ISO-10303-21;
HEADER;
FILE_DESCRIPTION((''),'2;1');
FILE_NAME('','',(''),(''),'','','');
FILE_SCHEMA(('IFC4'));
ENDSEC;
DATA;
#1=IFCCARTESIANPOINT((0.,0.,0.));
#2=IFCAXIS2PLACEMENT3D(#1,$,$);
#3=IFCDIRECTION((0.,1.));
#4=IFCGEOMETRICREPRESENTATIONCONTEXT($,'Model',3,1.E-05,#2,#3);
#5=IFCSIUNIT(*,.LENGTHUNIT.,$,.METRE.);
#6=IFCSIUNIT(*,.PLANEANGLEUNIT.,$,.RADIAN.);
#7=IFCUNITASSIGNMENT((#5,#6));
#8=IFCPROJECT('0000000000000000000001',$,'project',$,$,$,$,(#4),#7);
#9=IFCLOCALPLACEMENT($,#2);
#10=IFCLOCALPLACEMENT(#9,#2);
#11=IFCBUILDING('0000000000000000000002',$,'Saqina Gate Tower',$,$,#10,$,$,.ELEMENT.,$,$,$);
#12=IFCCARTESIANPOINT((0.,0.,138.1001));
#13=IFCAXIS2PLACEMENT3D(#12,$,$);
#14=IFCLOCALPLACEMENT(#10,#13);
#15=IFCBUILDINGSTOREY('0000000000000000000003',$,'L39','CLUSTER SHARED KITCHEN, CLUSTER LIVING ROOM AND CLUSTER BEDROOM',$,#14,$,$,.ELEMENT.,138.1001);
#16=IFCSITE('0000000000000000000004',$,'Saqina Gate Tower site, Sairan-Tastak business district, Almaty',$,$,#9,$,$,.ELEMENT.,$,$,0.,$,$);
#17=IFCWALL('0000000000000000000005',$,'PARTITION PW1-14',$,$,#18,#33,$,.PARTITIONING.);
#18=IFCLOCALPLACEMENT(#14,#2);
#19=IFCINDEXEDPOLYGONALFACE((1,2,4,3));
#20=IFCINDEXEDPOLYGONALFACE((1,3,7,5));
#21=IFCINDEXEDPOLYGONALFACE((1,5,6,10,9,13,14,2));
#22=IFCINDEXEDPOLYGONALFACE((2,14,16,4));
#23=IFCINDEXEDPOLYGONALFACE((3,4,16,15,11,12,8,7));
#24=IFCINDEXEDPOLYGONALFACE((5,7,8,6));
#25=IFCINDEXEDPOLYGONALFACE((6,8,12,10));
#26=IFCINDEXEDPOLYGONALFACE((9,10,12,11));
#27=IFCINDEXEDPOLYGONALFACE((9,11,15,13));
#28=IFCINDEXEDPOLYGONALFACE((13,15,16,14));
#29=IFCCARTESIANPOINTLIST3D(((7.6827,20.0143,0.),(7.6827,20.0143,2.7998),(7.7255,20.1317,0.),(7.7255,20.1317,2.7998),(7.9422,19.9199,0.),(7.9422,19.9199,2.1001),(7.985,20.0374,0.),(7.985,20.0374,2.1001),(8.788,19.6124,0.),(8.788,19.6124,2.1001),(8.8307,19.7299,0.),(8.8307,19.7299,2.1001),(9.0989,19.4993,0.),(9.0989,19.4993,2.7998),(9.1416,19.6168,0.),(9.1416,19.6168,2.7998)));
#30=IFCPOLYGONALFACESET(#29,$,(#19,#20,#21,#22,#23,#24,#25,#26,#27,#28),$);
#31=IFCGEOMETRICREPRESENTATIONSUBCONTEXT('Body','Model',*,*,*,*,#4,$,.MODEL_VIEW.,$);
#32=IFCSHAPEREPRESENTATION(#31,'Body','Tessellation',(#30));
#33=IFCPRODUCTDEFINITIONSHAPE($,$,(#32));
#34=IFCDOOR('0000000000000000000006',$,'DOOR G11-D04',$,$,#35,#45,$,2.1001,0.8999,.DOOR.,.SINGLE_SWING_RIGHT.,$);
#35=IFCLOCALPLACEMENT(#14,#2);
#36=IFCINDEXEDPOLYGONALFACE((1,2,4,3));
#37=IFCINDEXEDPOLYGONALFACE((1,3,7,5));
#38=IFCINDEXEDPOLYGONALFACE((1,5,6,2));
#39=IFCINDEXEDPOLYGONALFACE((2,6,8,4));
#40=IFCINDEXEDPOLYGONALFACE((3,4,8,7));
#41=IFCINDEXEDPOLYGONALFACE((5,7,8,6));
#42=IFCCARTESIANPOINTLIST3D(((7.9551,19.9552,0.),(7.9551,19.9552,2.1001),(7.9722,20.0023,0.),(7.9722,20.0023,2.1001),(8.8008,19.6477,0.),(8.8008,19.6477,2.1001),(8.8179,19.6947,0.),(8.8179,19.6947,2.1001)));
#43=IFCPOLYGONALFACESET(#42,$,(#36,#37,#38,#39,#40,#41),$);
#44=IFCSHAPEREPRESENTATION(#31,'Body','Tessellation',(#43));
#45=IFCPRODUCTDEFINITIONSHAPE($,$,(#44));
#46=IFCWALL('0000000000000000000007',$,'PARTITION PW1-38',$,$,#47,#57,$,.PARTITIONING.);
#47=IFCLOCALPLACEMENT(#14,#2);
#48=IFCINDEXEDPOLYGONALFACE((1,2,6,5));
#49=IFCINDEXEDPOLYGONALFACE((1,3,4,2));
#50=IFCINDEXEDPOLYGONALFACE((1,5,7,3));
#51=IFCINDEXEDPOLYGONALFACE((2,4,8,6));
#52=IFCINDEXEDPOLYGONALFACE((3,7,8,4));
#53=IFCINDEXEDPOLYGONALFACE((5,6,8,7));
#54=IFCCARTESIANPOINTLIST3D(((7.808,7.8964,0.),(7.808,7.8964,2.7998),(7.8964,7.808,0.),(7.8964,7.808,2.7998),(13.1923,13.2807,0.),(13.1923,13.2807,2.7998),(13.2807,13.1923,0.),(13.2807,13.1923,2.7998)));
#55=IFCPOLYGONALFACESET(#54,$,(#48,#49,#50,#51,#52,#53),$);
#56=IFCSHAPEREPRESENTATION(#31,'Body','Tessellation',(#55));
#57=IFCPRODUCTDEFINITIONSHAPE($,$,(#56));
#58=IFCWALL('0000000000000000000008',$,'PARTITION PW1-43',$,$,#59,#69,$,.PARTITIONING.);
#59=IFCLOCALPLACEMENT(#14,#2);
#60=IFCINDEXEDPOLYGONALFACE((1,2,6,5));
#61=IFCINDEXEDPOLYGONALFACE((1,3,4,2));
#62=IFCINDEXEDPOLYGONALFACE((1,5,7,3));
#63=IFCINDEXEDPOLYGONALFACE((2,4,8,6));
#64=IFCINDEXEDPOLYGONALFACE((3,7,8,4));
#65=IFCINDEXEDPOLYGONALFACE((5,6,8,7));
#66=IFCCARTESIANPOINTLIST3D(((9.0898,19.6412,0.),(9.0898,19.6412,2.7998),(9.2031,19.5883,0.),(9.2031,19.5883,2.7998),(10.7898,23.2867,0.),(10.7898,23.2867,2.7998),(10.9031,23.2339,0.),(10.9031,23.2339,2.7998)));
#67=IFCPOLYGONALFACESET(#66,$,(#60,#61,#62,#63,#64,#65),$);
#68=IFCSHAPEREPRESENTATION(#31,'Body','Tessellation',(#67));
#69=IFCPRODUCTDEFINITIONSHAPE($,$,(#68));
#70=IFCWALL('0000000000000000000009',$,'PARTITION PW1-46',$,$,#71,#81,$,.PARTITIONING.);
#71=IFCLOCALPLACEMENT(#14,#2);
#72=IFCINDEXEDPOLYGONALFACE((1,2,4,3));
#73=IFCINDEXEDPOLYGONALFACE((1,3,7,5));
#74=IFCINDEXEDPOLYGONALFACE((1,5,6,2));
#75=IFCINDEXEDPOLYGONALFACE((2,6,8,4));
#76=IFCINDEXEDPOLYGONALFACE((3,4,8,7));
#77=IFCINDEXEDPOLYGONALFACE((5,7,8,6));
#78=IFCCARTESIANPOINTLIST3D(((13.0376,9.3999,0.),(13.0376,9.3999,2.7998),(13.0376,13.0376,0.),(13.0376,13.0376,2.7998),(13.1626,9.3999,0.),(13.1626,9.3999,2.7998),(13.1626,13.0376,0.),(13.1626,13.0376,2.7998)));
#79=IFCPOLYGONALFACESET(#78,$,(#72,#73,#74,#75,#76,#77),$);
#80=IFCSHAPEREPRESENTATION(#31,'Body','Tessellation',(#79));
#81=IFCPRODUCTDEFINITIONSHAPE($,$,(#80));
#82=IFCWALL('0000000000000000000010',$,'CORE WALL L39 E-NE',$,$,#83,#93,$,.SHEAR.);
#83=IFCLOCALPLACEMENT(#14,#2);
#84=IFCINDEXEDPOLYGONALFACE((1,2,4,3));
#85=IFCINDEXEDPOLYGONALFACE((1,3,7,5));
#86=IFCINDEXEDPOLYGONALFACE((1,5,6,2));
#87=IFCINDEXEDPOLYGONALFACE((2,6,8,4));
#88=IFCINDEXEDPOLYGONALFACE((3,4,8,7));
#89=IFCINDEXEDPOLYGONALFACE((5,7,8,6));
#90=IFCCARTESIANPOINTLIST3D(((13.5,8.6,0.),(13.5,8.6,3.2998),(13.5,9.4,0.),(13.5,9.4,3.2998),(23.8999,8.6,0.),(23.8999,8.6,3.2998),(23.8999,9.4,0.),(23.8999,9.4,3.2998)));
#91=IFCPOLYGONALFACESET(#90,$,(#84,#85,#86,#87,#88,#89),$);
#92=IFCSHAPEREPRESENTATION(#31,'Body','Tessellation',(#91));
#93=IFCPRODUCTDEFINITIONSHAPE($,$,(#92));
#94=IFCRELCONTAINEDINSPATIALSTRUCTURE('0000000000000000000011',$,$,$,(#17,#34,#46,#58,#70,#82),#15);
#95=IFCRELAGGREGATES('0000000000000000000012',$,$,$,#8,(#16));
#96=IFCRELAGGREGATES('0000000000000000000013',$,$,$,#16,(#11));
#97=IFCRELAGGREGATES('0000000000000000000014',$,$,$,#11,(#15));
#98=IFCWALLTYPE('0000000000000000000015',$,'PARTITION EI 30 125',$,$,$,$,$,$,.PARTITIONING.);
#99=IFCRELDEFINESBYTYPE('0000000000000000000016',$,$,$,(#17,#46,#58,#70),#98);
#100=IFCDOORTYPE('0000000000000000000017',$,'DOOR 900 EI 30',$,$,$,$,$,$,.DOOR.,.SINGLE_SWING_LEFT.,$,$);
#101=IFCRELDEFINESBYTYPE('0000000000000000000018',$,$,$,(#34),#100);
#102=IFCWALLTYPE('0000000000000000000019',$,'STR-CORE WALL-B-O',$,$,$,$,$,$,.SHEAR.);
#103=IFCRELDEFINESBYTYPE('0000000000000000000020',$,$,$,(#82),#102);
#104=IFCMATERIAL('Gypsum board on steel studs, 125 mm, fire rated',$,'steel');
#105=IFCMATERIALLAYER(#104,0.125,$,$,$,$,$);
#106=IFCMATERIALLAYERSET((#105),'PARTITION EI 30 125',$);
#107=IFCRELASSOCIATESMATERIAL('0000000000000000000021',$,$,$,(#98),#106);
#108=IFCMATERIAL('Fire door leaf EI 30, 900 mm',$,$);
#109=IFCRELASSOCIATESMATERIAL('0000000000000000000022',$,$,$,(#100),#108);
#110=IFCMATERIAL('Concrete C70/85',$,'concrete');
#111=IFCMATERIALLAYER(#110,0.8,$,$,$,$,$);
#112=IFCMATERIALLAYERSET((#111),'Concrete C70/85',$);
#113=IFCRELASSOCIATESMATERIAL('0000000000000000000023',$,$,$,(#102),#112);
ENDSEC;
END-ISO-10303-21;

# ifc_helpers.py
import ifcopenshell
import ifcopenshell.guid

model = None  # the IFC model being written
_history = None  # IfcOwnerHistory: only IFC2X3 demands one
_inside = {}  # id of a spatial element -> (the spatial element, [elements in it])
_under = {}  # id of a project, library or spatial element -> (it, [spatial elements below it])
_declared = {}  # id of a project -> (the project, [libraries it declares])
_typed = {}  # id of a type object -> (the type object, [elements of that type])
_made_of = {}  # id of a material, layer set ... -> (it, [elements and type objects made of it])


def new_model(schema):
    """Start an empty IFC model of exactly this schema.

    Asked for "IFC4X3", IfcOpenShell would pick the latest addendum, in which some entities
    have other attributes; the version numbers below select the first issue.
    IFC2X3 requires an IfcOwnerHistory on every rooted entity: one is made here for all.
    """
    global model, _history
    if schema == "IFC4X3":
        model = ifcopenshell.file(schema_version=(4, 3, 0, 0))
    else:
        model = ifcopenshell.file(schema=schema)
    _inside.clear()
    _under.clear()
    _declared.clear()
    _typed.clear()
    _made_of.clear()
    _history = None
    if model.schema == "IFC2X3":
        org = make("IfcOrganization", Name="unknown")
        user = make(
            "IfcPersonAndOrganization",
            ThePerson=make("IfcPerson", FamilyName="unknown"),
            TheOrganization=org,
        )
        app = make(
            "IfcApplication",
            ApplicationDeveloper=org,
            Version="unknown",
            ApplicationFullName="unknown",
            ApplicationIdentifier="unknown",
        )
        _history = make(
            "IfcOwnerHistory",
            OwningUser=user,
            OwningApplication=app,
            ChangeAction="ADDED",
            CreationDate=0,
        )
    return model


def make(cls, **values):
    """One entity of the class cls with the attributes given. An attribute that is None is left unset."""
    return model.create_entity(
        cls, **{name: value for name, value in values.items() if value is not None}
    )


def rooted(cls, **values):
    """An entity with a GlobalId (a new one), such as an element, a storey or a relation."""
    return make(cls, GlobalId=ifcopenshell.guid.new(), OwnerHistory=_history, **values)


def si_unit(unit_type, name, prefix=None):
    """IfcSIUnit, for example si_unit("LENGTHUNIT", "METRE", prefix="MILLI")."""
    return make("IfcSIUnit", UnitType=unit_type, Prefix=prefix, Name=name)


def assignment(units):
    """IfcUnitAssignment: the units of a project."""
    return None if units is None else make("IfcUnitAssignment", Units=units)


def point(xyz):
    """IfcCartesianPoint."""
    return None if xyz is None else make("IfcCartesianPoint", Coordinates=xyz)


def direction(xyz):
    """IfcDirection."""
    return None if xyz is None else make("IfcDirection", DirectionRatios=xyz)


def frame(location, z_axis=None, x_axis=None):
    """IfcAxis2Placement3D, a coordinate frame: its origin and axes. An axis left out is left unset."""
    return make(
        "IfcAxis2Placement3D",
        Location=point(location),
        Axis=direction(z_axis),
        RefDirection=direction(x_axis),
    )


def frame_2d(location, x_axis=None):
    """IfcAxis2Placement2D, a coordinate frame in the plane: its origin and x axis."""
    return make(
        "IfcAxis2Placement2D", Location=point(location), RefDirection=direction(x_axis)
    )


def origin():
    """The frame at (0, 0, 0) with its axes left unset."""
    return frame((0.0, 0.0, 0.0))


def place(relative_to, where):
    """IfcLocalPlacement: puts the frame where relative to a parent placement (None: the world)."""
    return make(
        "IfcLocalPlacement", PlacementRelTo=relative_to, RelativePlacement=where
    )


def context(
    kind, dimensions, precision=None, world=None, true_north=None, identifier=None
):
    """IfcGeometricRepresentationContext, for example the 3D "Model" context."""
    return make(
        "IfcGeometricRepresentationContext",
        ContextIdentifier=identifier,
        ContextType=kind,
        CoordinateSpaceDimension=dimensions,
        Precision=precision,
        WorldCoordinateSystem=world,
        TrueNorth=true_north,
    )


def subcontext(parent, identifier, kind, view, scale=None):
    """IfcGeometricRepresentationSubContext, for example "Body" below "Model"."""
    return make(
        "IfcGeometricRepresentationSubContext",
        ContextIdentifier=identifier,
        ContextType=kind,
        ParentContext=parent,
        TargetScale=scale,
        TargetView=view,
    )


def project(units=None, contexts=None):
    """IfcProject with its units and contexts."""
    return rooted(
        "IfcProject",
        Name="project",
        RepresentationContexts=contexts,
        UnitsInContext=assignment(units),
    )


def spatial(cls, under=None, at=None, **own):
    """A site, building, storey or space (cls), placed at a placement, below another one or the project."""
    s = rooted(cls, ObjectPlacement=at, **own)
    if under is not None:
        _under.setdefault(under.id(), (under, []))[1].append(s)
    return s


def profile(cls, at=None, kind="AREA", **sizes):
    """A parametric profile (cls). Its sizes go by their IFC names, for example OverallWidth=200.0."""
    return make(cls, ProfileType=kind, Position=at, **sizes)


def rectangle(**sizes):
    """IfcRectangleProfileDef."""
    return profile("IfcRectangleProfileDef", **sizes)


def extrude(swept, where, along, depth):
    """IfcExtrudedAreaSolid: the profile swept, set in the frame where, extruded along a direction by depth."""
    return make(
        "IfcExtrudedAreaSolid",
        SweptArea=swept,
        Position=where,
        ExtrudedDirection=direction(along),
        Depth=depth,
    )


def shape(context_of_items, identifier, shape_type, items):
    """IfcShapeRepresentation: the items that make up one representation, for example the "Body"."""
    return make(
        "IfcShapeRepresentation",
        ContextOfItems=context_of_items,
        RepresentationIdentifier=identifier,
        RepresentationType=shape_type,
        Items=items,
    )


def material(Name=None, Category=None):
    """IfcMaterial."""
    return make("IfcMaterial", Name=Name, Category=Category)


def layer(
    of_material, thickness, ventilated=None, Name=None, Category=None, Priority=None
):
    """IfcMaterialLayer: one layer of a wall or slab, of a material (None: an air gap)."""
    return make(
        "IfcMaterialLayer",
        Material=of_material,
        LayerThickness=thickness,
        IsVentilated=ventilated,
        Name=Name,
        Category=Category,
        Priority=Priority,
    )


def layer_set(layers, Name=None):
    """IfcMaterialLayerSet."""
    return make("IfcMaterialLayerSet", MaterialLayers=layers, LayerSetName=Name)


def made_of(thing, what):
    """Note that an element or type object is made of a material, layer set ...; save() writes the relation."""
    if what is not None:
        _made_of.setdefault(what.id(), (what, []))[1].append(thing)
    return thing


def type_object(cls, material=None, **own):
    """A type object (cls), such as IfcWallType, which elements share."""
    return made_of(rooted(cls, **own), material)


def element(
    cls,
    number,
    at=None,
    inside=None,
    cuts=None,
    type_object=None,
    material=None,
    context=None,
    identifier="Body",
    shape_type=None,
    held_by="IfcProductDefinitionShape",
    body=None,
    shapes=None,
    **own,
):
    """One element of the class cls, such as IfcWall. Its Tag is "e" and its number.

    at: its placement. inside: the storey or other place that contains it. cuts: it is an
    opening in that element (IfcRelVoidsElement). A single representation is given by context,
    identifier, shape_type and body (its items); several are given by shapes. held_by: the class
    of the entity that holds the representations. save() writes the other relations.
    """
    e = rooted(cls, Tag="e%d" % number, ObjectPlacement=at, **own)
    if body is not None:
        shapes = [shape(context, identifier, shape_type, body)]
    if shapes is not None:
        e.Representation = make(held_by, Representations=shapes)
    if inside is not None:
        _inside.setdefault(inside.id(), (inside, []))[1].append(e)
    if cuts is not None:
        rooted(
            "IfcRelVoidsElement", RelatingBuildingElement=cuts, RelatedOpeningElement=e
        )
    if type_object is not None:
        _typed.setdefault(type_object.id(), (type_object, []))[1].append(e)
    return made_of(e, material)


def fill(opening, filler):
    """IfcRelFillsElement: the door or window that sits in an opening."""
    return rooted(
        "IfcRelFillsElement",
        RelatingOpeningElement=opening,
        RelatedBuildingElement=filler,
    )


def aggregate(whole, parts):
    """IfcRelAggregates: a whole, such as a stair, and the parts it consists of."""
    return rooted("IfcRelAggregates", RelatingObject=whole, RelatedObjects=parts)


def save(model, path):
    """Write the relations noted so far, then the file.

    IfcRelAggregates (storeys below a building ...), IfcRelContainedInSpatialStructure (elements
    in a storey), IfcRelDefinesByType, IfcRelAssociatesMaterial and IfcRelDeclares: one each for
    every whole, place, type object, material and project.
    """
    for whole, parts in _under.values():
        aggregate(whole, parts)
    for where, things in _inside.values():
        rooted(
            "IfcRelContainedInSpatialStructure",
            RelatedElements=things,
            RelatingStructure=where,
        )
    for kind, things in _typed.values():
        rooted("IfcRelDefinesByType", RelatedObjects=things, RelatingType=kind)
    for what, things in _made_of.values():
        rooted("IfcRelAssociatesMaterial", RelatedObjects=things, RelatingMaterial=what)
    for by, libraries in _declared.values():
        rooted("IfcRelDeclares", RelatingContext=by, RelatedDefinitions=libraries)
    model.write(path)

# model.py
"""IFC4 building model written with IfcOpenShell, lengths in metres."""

from ifc_helpers import new_model, si_unit, direction, frame, frame_2d, origin, place, context, subcontext, project, spatial, rectangle, extrude, material, layer, layer_set, type_object, element, fill, save


model = new_model("IFC4")

# Units and contexts
model_context = context("Model", 3, precision=1e-05, world=origin(), true_north=direction((0.0, 1.0)))
body_context = subcontext(model_context, "Body", "Model", "MODEL_VIEW")
ifc_project = project(units=[si_unit("LENGTHUNIT", "METRE"), si_unit("PLANEANGLEUNIT", "RADIAN")], contexts=[model_context])

# Site, building, storey
site_placement = place(None, origin())
site = spatial("IfcSite", under=ifc_project, at=site_placement, Name="Saqina Gate Tower site, Sairan-Tastak business district, Almaty", CompositionType="ELEMENT", RefElevation=0.0)
building_placement = place(site_placement, origin())
building = spatial("IfcBuilding", under=site, at=building_placement, Name="Saqina Gate Tower", CompositionType="ELEMENT")
storey_placement = place(building_placement, frame((0.0, 0.0, 138.1001)))
storey = spatial("IfcBuildingStorey", under=building, at=storey_placement, Name="L39", Description="CLUSTER SHARED KITCHEN, CLUSTER LIVING ROOM AND CLUSTER BEDROOM", CompositionType="ELEMENT", Elevation=138.1001)

# Wall, opening, door
ifc_material_1 = material(Name="Gypsum board on steel studs, 125 mm, fire rated", Category="steel")
ifc_layer_1 = layer(ifc_material_1, 0.125)
ifc_layer_set_1 = layer_set([ifc_layer_1], Name="PARTITION EI 30 125")
wall_type_1 = type_object("IfcWallType", Name="PARTITION EI 30 125", PredefinedType="PARTITIONING", material=ifc_layer_set_1)
wall_1_placement = place(storey_placement, frame((7.7041, 20.073, 0.0), z_axis=(0.0, 0.0, 1.0), x_axis=(0.939798, -0.34173, 0.0)))
wall_1 = element("IfcWall", 1, at=wall_1_placement, inside=storey, type_object=wall_type_1, Name="PARTITION PW1-14", PredefinedType="PARTITIONING", context=body_context, shape_type="SweptSolid", body=[
    extrude(rectangle(XDim=1.5068, YDim=0.125, at=frame_2d((0.7534, 0.0))), origin(), (0.0, 0.0, 1.0), 2.7998),
])
opening_1_placement = place(wall_1_placement, frame((0.2761, 0.0, 0.0)))
opening_1 = element("IfcOpeningElement", 2, at=opening_1_placement, cuts=wall_1, PredefinedType="OPENING", context=body_context, shape_type="SweptSolid", body=[
    extrude(rectangle(XDim=0.8999, YDim=2.1001, at=frame_2d((0.45, 1.05))), frame((0.0, 0.0745, 0.0), z_axis=(0.0, -1.0, 0.0), x_axis=(1.0, 0.0, 0.0)), (0.0, 0.0, 1.0), 0.1489),
])
ifc_material_2 = material(Name="Fire door leaf EI 30, 900 mm")
door_type_1 = type_object("IfcDoorType", Name="DOOR 900 EI 30", OperationType="SINGLE_SWING_LEFT", PredefinedType="DOOR", material=ifc_material_2)
door_1_placement = place(opening_1_placement, frame((0.8999, 0.0, 0.0), z_axis=(0.0, 0.0, 1.0), x_axis=(-1.0, 0.0, 0.0)))
door_1 = element("IfcDoor", 3, at=door_1_placement, inside=storey, type_object=door_type_1, Name="DOOR G11-D04", OperationType="SINGLE_SWING_RIGHT", OverallHeight=2.1001, OverallWidth=0.8999, PredefinedType="DOOR", context=body_context, shape_type="SweptSolid", body=[
    extrude(rectangle(XDim=0.8999, YDim=2.1001, at=frame_2d((0.45, 1.05))), frame((0.0, 0.0249, 0.0), z_axis=(0.0, -1.0, 0.0), x_axis=(1.0, 0.0, 0.0)), (0.0, 0.0, 1.0), 0.05),
])
fill(opening_1, door_1)

# Walls
wall_2_placement = place(storey_placement, frame((7.8523, 7.8523, 0.0), z_axis=(0.0, 0.0, 1.0), x_axis=(0.707107, 0.707107, 0.0)))
element("IfcWall", 4, at=wall_2_placement, inside=storey, type_object=wall_type_1, Name="PARTITION PW1-38", PredefinedType="PARTITIONING", context=body_context, shape_type="SweptSolid", body=[
    extrude(rectangle(XDim=7.6145, YDim=0.125, at=frame_2d((3.8071, 0.0))), origin(), (0.0, 0.0, 1.0), 2.7998),
])
wall_3_placement = place(storey_placement, frame((9.1465, 19.6147, 0.0), z_axis=(0.0, 0.0, 1.0), x_axis=(0.422623, 0.906306, 0.0)))
element("IfcWall", 5, at=wall_3_placement, inside=storey, type_object=wall_type_1, Name="PARTITION PW1-43", PredefinedType="PARTITIONING", context=body_context, shape_type="SweptSolid", body=[
    extrude(rectangle(XDim=4.0225, YDim=0.125, at=frame_2d((2.0112, 0.0))), origin(), (0.0, 0.0, 1.0), 2.7998),
])
wall_4_placement = place(storey_placement, frame((13.1001, 9.3999, 0.0), z_axis=(0.0, 0.0, 1.0), x_axis=(0.0, 1.0, 0.0)))
element("IfcWall", 6, at=wall_4_placement, inside=storey, type_object=wall_type_1, Name="PARTITION PW1-46", PredefinedType="PARTITIONING", context=body_context, shape_type="SweptSolid", body=[
    extrude(rectangle(XDim=3.6377, YDim=0.125, at=frame_2d((1.8188, 0.0))), origin(), (0.0, 0.0, 1.0), 2.7998),
])
ifc_material_3 = material(Name="Concrete C70/85", Category="concrete")
ifc_layer_2 = layer(ifc_material_3, 0.8)
ifc_layer_set_2 = layer_set([ifc_layer_2], Name="Concrete C70/85")
wall_type_2 = type_object("IfcWallType", Name="STR-CORE WALL-B-O", PredefinedType="SHEAR", material=ifc_layer_set_2)
wall_5_placement = place(storey_placement, frame((13.5, 9.0, 0.0), z_axis=(0.0, 0.0, 1.0), x_axis=(1.0, 0.0, 0.0)))
element("IfcWall", 7, at=wall_5_placement, inside=storey, type_object=wall_type_2, Name="CORE WALL L39 E-NE", PredefinedType="SHEAR", context=body_context, shape_type="SweptSolid", body=[
    extrude(rectangle(XDim=10.3999, YDim=0.8, at=frame_2d((5.2, 0.0))), origin(), (0.0, 0.0, 1.0), 3.2998),
])

save(model, "model.ifc")
